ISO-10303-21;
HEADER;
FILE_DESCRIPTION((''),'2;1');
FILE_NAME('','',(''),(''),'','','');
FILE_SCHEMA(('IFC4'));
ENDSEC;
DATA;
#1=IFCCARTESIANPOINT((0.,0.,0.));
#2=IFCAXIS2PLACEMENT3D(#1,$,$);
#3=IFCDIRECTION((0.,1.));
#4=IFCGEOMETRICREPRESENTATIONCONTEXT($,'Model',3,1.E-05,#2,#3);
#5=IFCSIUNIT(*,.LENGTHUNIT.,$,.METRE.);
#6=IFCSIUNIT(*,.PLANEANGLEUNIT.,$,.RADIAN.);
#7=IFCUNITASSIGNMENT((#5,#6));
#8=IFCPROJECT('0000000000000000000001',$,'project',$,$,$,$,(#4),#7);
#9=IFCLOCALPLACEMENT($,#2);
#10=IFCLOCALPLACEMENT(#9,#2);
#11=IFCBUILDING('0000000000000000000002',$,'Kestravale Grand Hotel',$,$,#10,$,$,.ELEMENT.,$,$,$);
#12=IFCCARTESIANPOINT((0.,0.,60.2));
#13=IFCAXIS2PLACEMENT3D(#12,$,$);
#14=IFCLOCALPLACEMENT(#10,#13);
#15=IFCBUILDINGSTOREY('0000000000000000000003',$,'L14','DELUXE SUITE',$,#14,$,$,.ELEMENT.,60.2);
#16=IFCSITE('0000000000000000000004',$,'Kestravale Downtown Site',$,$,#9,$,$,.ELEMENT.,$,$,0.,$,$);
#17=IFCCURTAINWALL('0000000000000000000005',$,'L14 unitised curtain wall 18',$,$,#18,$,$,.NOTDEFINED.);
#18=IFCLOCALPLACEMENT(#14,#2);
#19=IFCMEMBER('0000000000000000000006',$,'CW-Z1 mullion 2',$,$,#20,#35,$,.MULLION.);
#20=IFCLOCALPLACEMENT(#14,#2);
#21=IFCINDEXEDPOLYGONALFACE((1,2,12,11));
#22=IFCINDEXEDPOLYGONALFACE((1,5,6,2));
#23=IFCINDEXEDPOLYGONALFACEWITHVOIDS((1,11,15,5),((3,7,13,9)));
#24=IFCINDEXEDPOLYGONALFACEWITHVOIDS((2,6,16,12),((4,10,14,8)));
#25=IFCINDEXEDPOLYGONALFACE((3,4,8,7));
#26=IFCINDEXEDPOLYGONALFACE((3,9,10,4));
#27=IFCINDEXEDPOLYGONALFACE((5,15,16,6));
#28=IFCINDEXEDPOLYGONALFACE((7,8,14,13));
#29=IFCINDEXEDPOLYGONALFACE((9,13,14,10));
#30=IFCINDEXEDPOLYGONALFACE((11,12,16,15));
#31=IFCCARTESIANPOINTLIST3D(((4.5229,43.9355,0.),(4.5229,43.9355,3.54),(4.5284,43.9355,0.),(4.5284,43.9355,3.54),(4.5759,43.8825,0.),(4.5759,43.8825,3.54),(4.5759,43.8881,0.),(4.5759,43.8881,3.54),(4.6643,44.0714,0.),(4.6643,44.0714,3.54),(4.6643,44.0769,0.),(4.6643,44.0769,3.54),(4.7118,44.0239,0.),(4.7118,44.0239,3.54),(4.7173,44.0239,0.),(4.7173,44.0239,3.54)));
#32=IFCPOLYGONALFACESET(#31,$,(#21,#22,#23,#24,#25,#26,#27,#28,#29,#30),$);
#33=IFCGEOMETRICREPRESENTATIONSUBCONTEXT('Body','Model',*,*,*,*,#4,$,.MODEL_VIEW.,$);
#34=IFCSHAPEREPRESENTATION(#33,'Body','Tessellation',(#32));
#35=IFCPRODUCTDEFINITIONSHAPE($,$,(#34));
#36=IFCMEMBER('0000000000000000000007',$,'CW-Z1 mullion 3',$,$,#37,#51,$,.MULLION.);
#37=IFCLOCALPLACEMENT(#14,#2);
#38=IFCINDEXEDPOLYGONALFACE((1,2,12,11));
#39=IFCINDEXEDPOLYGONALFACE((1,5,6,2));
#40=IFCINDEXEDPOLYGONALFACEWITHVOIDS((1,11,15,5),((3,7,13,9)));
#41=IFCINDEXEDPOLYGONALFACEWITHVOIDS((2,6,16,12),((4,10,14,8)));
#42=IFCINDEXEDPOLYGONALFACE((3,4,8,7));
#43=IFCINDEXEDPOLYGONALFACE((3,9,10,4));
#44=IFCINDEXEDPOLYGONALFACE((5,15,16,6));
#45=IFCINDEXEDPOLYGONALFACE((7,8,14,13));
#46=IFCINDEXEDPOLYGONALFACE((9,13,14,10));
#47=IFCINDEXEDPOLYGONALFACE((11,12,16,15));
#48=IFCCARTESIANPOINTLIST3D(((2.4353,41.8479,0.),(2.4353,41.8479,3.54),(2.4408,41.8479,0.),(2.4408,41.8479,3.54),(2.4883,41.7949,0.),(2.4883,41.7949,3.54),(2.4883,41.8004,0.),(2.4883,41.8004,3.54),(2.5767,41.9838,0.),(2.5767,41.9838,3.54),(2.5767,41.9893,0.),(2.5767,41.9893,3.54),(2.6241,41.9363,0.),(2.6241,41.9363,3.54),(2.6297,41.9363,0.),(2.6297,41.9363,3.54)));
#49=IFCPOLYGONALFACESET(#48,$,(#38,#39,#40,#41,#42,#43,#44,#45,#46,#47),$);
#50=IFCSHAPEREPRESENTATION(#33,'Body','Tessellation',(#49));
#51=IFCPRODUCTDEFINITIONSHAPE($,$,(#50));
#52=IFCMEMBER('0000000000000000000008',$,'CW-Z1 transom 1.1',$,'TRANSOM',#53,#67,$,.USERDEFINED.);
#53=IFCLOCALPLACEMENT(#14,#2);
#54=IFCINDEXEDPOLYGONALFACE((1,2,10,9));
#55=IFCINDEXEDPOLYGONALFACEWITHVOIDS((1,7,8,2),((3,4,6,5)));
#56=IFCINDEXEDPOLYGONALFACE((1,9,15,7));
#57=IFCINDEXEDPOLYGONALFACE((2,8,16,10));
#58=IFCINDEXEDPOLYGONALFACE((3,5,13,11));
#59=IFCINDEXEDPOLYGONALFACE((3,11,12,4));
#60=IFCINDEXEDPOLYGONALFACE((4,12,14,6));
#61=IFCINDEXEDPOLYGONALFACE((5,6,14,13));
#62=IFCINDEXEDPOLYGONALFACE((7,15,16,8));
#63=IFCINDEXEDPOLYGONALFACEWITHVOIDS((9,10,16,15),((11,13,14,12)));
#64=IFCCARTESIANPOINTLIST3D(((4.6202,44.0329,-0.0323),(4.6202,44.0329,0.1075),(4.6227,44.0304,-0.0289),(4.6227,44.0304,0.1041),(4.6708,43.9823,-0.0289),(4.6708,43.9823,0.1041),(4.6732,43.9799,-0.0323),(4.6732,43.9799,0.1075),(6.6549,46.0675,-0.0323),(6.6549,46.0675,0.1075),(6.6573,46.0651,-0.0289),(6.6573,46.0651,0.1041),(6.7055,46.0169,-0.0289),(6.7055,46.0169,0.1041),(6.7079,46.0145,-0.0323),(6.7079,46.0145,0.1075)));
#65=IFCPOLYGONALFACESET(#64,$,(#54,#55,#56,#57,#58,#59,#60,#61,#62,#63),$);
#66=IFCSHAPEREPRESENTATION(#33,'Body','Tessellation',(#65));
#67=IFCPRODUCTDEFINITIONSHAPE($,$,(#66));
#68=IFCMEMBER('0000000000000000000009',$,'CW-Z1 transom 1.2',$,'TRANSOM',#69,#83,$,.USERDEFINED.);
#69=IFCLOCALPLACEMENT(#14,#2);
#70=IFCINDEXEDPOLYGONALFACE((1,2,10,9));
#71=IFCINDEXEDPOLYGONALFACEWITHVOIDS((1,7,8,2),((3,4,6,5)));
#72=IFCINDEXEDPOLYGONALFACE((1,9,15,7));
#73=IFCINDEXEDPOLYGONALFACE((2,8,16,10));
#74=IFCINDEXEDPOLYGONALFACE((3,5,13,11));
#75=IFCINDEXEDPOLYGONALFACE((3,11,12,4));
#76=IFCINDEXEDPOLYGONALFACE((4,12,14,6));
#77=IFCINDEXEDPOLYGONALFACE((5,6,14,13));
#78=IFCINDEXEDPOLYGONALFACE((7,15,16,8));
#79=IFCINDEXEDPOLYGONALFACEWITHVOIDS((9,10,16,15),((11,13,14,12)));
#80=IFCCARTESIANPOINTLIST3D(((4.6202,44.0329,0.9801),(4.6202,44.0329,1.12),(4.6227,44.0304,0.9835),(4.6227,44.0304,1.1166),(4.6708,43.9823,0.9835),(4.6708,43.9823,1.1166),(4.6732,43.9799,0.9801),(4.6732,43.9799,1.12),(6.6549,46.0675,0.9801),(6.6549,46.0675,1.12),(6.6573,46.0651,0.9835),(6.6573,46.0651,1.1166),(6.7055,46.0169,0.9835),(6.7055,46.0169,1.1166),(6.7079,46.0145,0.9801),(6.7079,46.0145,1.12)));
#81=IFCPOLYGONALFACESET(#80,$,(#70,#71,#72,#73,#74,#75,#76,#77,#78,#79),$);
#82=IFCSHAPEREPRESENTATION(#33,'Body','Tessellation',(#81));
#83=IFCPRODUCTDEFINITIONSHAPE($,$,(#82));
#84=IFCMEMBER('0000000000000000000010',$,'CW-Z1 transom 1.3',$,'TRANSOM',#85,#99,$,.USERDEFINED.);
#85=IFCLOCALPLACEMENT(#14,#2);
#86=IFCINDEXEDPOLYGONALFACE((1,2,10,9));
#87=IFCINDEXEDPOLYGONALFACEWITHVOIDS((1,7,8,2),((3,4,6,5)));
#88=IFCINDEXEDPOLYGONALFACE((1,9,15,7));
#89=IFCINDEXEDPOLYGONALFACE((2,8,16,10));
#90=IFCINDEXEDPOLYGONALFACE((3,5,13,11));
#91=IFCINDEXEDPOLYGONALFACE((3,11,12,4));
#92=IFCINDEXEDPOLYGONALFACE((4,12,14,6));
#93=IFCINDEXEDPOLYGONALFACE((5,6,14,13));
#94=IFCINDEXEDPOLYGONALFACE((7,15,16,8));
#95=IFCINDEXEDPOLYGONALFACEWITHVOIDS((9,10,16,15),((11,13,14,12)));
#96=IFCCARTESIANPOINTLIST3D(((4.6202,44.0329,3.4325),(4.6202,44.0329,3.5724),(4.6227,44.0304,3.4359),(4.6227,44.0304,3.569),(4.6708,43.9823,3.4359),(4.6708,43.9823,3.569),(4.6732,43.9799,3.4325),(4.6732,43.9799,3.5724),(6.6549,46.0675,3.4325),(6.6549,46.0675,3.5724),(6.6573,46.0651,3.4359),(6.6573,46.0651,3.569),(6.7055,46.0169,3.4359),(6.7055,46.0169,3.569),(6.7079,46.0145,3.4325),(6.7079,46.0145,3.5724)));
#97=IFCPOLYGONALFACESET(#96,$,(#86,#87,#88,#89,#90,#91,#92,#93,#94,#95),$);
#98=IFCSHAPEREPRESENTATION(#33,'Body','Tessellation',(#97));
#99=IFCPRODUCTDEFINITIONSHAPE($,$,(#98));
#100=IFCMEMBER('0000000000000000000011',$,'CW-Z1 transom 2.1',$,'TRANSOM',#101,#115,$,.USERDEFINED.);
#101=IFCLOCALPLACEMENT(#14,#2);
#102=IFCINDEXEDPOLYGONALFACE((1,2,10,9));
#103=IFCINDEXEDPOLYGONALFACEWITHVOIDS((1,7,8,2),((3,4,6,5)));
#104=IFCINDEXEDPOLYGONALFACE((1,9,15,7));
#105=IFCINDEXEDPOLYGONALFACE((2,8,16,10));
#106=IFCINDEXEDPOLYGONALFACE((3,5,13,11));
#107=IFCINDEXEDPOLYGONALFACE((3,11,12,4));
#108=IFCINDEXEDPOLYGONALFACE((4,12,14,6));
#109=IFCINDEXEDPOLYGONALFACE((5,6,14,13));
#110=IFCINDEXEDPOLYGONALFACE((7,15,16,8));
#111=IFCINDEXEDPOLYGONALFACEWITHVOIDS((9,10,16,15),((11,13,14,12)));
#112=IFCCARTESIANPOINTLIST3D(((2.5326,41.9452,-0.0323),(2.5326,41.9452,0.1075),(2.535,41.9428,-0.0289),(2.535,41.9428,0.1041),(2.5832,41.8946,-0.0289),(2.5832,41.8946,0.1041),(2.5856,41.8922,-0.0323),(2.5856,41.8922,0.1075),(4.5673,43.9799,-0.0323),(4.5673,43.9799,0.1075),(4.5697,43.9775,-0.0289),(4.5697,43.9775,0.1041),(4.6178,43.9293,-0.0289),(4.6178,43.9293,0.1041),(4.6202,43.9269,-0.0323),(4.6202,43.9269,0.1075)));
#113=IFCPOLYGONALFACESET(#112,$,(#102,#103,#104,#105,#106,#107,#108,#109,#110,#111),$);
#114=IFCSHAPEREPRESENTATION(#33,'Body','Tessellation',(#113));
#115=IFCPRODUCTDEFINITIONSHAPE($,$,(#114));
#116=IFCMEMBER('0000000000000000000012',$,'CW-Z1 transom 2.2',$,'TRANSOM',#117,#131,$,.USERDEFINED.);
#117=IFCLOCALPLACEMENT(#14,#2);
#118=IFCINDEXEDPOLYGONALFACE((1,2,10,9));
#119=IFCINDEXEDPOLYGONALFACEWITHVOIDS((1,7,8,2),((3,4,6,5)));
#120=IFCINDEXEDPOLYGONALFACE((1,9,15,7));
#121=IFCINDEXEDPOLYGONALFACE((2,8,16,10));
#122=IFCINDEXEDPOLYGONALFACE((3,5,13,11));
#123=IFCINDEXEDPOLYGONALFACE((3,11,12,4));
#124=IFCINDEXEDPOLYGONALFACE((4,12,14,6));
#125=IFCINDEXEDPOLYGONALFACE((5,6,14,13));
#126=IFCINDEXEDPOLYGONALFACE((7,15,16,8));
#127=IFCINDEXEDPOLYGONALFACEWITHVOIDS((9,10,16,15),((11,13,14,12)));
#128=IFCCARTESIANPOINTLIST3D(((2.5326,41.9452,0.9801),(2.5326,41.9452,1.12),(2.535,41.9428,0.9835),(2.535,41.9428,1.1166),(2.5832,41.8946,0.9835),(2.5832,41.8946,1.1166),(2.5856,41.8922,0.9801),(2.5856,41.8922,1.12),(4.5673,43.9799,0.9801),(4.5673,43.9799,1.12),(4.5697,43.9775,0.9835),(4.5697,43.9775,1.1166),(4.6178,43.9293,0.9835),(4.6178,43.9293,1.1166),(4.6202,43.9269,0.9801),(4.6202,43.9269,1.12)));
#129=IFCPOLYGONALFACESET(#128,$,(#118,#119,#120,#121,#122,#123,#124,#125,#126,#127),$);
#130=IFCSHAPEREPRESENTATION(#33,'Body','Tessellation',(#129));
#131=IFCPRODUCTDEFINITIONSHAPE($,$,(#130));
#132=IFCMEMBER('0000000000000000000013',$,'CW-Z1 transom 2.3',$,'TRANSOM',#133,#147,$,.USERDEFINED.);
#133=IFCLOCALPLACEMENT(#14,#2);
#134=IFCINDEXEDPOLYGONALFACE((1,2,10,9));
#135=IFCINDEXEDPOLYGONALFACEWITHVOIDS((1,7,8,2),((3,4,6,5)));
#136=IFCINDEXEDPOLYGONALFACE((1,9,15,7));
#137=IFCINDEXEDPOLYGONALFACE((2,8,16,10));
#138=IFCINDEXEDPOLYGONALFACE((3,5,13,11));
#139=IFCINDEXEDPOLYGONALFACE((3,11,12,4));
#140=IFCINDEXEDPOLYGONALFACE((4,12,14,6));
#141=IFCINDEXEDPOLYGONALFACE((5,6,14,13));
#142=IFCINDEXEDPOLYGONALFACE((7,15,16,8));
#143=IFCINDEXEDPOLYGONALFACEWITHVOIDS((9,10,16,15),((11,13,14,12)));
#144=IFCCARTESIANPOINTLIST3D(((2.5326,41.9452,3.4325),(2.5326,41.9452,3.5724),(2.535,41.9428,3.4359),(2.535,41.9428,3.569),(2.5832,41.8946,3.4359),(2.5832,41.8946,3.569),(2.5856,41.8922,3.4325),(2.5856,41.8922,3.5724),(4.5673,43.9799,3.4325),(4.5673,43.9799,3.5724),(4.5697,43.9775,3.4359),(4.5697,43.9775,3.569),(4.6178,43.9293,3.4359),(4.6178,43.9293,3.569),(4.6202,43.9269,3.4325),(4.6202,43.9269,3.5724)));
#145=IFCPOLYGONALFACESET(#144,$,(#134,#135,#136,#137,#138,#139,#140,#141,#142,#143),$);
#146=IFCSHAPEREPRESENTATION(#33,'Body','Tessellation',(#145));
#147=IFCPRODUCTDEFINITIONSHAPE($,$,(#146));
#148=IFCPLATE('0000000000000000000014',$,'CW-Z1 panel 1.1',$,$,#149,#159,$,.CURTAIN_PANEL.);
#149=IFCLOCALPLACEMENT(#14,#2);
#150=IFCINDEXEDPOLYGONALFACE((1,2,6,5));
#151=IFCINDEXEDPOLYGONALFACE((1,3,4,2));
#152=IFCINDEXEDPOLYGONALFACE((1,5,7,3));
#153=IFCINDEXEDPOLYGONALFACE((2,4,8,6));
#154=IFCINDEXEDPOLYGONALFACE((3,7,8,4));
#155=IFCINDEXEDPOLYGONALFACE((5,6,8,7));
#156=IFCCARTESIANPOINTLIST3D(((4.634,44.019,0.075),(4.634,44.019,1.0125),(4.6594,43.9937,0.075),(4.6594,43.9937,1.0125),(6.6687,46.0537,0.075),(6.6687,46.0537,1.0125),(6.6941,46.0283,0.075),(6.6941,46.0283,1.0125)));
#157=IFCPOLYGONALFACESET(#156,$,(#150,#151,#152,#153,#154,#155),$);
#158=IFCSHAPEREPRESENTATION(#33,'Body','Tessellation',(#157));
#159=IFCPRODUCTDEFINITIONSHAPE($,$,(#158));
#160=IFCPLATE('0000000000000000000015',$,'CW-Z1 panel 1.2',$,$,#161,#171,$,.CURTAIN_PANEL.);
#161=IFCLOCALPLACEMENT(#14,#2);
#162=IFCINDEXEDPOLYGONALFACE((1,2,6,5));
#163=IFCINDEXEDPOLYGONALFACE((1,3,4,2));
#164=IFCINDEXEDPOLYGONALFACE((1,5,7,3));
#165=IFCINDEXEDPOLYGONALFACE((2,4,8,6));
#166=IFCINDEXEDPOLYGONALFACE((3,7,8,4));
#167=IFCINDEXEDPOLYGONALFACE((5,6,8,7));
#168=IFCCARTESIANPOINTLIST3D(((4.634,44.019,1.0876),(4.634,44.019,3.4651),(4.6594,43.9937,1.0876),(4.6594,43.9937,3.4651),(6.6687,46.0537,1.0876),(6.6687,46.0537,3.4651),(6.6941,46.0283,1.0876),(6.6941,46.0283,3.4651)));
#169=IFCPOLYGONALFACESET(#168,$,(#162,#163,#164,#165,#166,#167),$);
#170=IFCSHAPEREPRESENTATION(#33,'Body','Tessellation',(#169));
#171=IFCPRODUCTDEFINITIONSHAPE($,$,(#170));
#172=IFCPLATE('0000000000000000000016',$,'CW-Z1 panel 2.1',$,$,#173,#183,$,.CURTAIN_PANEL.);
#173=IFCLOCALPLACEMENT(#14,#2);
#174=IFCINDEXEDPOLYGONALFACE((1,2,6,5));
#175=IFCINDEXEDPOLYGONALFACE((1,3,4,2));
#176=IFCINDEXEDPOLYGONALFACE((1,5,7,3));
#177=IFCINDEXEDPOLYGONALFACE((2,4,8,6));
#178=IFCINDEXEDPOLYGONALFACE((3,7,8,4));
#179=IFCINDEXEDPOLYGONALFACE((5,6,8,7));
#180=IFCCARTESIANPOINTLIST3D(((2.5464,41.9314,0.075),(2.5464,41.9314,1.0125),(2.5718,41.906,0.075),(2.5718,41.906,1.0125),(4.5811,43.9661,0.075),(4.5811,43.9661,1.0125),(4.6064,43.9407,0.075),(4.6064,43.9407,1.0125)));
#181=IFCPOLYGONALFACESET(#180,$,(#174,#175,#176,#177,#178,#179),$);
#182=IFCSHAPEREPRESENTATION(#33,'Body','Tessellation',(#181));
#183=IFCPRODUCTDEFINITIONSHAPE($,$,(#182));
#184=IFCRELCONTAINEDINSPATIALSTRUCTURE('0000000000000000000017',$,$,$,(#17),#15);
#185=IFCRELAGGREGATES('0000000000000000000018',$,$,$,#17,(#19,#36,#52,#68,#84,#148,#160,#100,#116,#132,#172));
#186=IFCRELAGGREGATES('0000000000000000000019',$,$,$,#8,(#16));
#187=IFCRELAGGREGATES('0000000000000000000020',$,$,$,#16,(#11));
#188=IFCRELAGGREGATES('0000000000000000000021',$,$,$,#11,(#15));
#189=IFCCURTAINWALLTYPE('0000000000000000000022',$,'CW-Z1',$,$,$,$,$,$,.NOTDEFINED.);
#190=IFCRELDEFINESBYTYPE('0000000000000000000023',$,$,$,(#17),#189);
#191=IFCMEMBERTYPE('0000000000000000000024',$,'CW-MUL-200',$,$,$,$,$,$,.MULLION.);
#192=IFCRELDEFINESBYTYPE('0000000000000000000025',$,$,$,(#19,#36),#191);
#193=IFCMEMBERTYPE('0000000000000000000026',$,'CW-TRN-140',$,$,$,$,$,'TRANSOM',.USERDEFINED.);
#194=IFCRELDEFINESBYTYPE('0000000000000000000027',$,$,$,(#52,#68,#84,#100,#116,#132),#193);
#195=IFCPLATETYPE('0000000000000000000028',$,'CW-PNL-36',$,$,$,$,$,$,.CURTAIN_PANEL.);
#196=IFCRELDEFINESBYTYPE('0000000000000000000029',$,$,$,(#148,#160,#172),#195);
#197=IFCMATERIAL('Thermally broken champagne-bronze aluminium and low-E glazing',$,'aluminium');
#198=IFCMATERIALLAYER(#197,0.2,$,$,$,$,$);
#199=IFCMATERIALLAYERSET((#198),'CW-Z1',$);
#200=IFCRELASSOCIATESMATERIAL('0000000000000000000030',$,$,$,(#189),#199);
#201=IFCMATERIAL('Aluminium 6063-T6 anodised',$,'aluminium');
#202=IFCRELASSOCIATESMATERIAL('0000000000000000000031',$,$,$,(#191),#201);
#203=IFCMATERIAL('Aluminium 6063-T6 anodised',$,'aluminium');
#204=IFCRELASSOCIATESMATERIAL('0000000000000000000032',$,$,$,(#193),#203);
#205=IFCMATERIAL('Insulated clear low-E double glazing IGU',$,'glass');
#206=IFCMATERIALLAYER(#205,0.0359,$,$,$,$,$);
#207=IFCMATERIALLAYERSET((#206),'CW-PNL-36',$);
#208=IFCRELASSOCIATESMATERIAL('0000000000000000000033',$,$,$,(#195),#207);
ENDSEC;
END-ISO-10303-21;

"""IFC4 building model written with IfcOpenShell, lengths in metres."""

from ifc_helpers import new_model, si_unit, direction, frame, origin, origin_2d, place, context, subcontext, project, spatial, rectangle, hollow_rectangle, extrude, material, layer, layer_set, material_profile, profile_set, type_object, element, aggregate, save


model = new_model("IFC4")

# Units and contexts
model_context = context("Model", 3, precision=1e-05, world=origin(), true_north=direction((0.0, 1.0)))
body_context = subcontext(model_context, "Body", "Model", "MODEL_VIEW")
ifc_project = project(units=[si_unit("LENGTHUNIT", "METRE"), si_unit("PLANEANGLEUNIT", "RADIAN")], contexts=[model_context])

# Site, building, storey
site_placement = place(None, origin())
site = spatial("IfcSite", under=ifc_project, at=site_placement, Name="Kestravale Downtown Site", CompositionType="ELEMENT", RefElevation=0.0)
building_placement = place(site_placement, origin())
building = spatial("IfcBuilding", under=site, at=building_placement, Name="Kestravale Grand Hotel", CompositionType="ELEMENT")
storey_placement = place(building_placement, frame((0.0, 0.0, 60.2)))
storey = spatial("IfcBuildingStorey", under=building, at=storey_placement, Name="L14", Description="DELUXE SUITE", CompositionType="ELEMENT", Elevation=60.2)

# Curtain wall, members, plates
ifc_material_1 = material(Name="Thermally broken champagne-bronze aluminium and low-E glazing", Category="aluminium")
ifc_layer_1 = layer(ifc_material_1, 0.2)
ifc_layer_set_1 = layer_set([ifc_layer_1], Name="CW-Z1")
curtain_wall_type = type_object("IfcCurtainWallType", Name="CW-Z1", PredefinedType="NOTDEFINED", material=ifc_layer_set_1)
curtain_wall_placement = place(storey_placement, origin())
curtain_wall = element("IfcCurtainWall", 1, at=curtain_wall_placement, inside=storey, type_object=curtain_wall_type, Name="L14 unitised curtain wall 18", PredefinedType="NOTDEFINED")
ifc_material_2 = material(Name="Aluminium 6063-T6 anodised", Category="aluminium")
ifc_material_profile_1 = material_profile(ifc_material_2, hollow_rectangle(XDim=0.075, YDim=0.2, WallThickness=0.0039, at=origin_2d()))
ifc_profile_set_1 = profile_set([ifc_material_profile_1], Name="Aluminium 6063-T6 anodised")
member_type_1 = type_object("IfcMemberType", Name="CW-MUL-200", PredefinedType="MULLION", material=ifc_profile_set_1)
member_1_placement = place(storey_placement, frame((4.6201, 43.9797, 0.0), z_axis=(0.0, 0.0, 1.0), x_axis=(0.707107, -0.707107, 0.0)))
member_1 = element("IfcMember", 2, at=member_1_placement, type_object=member_type_1, Name="CW-Z1 mullion 2", PredefinedType="MULLION", context=body_context, shape_type="SweptSolid", body=[
    extrude(hollow_rectangle(XDim=0.075, YDim=0.2, WallThickness=0.0039, at=origin_2d()), origin(), (0.0, 0.0, 1.0), 3.54),
])
member_2_placement = place(storey_placement, frame((2.5325, 41.8921, 0.0), z_axis=(0.0, 0.0, 1.0), x_axis=(0.707107, -0.707107, 0.0)))
member_2 = element("IfcMember", 3, at=member_2_placement, type_object=member_type_1, Name="CW-Z1 mullion 3", PredefinedType="MULLION", context=body_context, shape_type="SweptSolid", body=[
    extrude(hollow_rectangle(XDim=0.075, YDim=0.2, WallThickness=0.0039, at=origin_2d()), origin(), (0.0, 0.0, 1.0), 3.54),
])
ifc_material_3 = material(Name="Aluminium 6063-T6 anodised", Category="aluminium")
ifc_material_profile_2 = material_profile(ifc_material_3, hollow_rectangle(XDim=0.075, YDim=0.1399, WallThickness=0.0034, at=origin_2d()))
ifc_profile_set_2 = profile_set([ifc_material_profile_2], Name="Aluminium 6063-T6 anodised")
member_type_2 = type_object("IfcMemberType", Name="CW-TRN-140", ElementType="TRANSOM", PredefinedType="USERDEFINED", material=ifc_profile_set_2)
member_3_placement = place(storey_placement, frame((6.6814, 46.041, 0.0376), z_axis=(-0.707107, -0.707107, 0.0), x_axis=(0.707107, -0.707107, 0.0)))
member_3 = element("IfcMember", 4, at=member_3_placement, type_object=member_type_2, Name="CW-Z1 transom 1.1", ObjectType="TRANSOM", PredefinedType="USERDEFINED", context=body_context, shape_type="SweptSolid", body=[
    extrude(hollow_rectangle(XDim=0.075, YDim=0.1399, WallThickness=0.0034, at=origin_2d()), origin(), (0.0, 0.0, 1.0), 2.8774),
])
member_4_placement = place(storey_placement, frame((6.6814, 46.041, 1.05), z_axis=(-0.707107, -0.707107, 0.0), x_axis=(0.707107, -0.707107, 0.0)))
member_4 = element("IfcMember", 5, at=member_4_placement, type_object=member_type_2, Name="CW-Z1 transom 1.2", ObjectType="TRANSOM", PredefinedType="USERDEFINED", context=body_context, shape_type="SweptSolid", body=[
    extrude(hollow_rectangle(XDim=0.075, YDim=0.1399, WallThickness=0.0034, at=origin_2d()), origin(), (0.0, 0.0, 1.0), 2.8774),
])
member_5_placement = place(storey_placement, frame((6.6814, 46.041, 3.5024), z_axis=(-0.707107, -0.707107, 0.0), x_axis=(0.707107, -0.707107, 0.0)))
member_5 = element("IfcMember", 6, at=member_5_placement, type_object=member_type_2, Name="CW-Z1 transom 1.3", ObjectType="TRANSOM", PredefinedType="USERDEFINED", context=body_context, shape_type="SweptSolid", body=[
    extrude(hollow_rectangle(XDim=0.075, YDim=0.1399, WallThickness=0.0034, at=origin_2d()), origin(), (0.0, 0.0, 1.0), 2.8774),
])
member_6_placement = place(storey_placement, frame((4.5938, 43.9534, 0.0376), z_axis=(-0.707107, -0.707107, 0.0), x_axis=(0.707107, -0.707107, 0.0)))
member_6 = element("IfcMember", 7, at=member_6_placement, type_object=member_type_2, Name="CW-Z1 transom 2.1", ObjectType="TRANSOM", PredefinedType="USERDEFINED", context=body_context, shape_type="SweptSolid", body=[
    extrude(hollow_rectangle(XDim=0.075, YDim=0.1399, WallThickness=0.0034, at=origin_2d()), origin(), (0.0, 0.0, 1.0), 2.8774),
])
member_7_placement = place(storey_placement, frame((4.5938, 43.9534, 1.05), z_axis=(-0.707107, -0.707107, 0.0), x_axis=(0.707107, -0.707107, 0.0)))
member_7 = element("IfcMember", 8, at=member_7_placement, type_object=member_type_2, Name="CW-Z1 transom 2.2", ObjectType="TRANSOM", PredefinedType="USERDEFINED", context=body_context, shape_type="SweptSolid", body=[
    extrude(hollow_rectangle(XDim=0.075, YDim=0.1399, WallThickness=0.0034, at=origin_2d()), origin(), (0.0, 0.0, 1.0), 2.8774),
])
member_8_placement = place(storey_placement, frame((4.5938, 43.9534, 3.5024), z_axis=(-0.707107, -0.707107, 0.0), x_axis=(0.707107, -0.707107, 0.0)))
member_8 = element("IfcMember", 9, at=member_8_placement, type_object=member_type_2, Name="CW-Z1 transom 2.3", ObjectType="TRANSOM", PredefinedType="USERDEFINED", context=body_context, shape_type="SweptSolid", body=[
    extrude(hollow_rectangle(XDim=0.075, YDim=0.1399, WallThickness=0.0034, at=origin_2d()), origin(), (0.0, 0.0, 1.0), 2.8774),
])
ifc_material_4 = material(Name="Insulated clear low-E double glazing IGU", Category="glass")
ifc_layer_2 = layer(ifc_material_4, 0.0359)
ifc_layer_set_2 = layer_set([ifc_layer_2], Name="CW-PNL-36")
plate_type = type_object("IfcPlateType", Name="CW-PNL-36", PredefinedType="CURTAIN_PANEL", material=ifc_layer_set_2)
plate_1_placement = place(storey_placement, frame((5.6641, 45.0237, 0.075), z_axis=(0.0, 0.0, 1.0), x_axis=(-0.707107, -0.707107, 0.0)))
plate_1 = element("IfcPlate", 10, at=plate_1_placement, type_object=plate_type, Name="CW-Z1 panel 1.1", PredefinedType="CURTAIN_PANEL", context=body_context, shape_type="SweptSolid", body=[
    extrude(rectangle(XDim=2.8774, YDim=0.0359, at=origin_2d()), origin(), (0.0, 0.0, 1.0), 0.9375),
])
plate_2_placement = place(storey_placement, frame((5.6641, 45.0237, 1.0876), z_axis=(0.0, 0.0, 1.0), x_axis=(-0.707107, -0.707107, 0.0)))
plate_2 = element("IfcPlate", 11, at=plate_2_placement, type_object=plate_type, Name="CW-Z1 panel 1.2", PredefinedType="CURTAIN_PANEL", context=body_context, shape_type="SweptSolid", body=[
    extrude(rectangle(XDim=2.8774, YDim=0.0359, at=origin_2d()), origin(), (0.0, 0.0, 1.0), 2.3774),
])
plate_3_placement = place(storey_placement, frame((3.5764, 42.936, 0.075), z_axis=(0.0, 0.0, 1.0), x_axis=(-0.707107, -0.707107, 0.0)))
plate_3 = element("IfcPlate", 12, at=plate_3_placement, type_object=plate_type, Name="CW-Z1 panel 2.1", PredefinedType="CURTAIN_PANEL", context=body_context, shape_type="SweptSolid", body=[
    extrude(rectangle(XDim=2.8774, YDim=0.0359, at=origin_2d()), origin(), (0.0, 0.0, 1.0), 0.9375),
])
aggregate(curtain_wall, [member_1, member_2, member_3, member_4, member_5, plate_1, plate_2, member_6, member_7, member_8, plate_3])

save(model, "model.ifc")
